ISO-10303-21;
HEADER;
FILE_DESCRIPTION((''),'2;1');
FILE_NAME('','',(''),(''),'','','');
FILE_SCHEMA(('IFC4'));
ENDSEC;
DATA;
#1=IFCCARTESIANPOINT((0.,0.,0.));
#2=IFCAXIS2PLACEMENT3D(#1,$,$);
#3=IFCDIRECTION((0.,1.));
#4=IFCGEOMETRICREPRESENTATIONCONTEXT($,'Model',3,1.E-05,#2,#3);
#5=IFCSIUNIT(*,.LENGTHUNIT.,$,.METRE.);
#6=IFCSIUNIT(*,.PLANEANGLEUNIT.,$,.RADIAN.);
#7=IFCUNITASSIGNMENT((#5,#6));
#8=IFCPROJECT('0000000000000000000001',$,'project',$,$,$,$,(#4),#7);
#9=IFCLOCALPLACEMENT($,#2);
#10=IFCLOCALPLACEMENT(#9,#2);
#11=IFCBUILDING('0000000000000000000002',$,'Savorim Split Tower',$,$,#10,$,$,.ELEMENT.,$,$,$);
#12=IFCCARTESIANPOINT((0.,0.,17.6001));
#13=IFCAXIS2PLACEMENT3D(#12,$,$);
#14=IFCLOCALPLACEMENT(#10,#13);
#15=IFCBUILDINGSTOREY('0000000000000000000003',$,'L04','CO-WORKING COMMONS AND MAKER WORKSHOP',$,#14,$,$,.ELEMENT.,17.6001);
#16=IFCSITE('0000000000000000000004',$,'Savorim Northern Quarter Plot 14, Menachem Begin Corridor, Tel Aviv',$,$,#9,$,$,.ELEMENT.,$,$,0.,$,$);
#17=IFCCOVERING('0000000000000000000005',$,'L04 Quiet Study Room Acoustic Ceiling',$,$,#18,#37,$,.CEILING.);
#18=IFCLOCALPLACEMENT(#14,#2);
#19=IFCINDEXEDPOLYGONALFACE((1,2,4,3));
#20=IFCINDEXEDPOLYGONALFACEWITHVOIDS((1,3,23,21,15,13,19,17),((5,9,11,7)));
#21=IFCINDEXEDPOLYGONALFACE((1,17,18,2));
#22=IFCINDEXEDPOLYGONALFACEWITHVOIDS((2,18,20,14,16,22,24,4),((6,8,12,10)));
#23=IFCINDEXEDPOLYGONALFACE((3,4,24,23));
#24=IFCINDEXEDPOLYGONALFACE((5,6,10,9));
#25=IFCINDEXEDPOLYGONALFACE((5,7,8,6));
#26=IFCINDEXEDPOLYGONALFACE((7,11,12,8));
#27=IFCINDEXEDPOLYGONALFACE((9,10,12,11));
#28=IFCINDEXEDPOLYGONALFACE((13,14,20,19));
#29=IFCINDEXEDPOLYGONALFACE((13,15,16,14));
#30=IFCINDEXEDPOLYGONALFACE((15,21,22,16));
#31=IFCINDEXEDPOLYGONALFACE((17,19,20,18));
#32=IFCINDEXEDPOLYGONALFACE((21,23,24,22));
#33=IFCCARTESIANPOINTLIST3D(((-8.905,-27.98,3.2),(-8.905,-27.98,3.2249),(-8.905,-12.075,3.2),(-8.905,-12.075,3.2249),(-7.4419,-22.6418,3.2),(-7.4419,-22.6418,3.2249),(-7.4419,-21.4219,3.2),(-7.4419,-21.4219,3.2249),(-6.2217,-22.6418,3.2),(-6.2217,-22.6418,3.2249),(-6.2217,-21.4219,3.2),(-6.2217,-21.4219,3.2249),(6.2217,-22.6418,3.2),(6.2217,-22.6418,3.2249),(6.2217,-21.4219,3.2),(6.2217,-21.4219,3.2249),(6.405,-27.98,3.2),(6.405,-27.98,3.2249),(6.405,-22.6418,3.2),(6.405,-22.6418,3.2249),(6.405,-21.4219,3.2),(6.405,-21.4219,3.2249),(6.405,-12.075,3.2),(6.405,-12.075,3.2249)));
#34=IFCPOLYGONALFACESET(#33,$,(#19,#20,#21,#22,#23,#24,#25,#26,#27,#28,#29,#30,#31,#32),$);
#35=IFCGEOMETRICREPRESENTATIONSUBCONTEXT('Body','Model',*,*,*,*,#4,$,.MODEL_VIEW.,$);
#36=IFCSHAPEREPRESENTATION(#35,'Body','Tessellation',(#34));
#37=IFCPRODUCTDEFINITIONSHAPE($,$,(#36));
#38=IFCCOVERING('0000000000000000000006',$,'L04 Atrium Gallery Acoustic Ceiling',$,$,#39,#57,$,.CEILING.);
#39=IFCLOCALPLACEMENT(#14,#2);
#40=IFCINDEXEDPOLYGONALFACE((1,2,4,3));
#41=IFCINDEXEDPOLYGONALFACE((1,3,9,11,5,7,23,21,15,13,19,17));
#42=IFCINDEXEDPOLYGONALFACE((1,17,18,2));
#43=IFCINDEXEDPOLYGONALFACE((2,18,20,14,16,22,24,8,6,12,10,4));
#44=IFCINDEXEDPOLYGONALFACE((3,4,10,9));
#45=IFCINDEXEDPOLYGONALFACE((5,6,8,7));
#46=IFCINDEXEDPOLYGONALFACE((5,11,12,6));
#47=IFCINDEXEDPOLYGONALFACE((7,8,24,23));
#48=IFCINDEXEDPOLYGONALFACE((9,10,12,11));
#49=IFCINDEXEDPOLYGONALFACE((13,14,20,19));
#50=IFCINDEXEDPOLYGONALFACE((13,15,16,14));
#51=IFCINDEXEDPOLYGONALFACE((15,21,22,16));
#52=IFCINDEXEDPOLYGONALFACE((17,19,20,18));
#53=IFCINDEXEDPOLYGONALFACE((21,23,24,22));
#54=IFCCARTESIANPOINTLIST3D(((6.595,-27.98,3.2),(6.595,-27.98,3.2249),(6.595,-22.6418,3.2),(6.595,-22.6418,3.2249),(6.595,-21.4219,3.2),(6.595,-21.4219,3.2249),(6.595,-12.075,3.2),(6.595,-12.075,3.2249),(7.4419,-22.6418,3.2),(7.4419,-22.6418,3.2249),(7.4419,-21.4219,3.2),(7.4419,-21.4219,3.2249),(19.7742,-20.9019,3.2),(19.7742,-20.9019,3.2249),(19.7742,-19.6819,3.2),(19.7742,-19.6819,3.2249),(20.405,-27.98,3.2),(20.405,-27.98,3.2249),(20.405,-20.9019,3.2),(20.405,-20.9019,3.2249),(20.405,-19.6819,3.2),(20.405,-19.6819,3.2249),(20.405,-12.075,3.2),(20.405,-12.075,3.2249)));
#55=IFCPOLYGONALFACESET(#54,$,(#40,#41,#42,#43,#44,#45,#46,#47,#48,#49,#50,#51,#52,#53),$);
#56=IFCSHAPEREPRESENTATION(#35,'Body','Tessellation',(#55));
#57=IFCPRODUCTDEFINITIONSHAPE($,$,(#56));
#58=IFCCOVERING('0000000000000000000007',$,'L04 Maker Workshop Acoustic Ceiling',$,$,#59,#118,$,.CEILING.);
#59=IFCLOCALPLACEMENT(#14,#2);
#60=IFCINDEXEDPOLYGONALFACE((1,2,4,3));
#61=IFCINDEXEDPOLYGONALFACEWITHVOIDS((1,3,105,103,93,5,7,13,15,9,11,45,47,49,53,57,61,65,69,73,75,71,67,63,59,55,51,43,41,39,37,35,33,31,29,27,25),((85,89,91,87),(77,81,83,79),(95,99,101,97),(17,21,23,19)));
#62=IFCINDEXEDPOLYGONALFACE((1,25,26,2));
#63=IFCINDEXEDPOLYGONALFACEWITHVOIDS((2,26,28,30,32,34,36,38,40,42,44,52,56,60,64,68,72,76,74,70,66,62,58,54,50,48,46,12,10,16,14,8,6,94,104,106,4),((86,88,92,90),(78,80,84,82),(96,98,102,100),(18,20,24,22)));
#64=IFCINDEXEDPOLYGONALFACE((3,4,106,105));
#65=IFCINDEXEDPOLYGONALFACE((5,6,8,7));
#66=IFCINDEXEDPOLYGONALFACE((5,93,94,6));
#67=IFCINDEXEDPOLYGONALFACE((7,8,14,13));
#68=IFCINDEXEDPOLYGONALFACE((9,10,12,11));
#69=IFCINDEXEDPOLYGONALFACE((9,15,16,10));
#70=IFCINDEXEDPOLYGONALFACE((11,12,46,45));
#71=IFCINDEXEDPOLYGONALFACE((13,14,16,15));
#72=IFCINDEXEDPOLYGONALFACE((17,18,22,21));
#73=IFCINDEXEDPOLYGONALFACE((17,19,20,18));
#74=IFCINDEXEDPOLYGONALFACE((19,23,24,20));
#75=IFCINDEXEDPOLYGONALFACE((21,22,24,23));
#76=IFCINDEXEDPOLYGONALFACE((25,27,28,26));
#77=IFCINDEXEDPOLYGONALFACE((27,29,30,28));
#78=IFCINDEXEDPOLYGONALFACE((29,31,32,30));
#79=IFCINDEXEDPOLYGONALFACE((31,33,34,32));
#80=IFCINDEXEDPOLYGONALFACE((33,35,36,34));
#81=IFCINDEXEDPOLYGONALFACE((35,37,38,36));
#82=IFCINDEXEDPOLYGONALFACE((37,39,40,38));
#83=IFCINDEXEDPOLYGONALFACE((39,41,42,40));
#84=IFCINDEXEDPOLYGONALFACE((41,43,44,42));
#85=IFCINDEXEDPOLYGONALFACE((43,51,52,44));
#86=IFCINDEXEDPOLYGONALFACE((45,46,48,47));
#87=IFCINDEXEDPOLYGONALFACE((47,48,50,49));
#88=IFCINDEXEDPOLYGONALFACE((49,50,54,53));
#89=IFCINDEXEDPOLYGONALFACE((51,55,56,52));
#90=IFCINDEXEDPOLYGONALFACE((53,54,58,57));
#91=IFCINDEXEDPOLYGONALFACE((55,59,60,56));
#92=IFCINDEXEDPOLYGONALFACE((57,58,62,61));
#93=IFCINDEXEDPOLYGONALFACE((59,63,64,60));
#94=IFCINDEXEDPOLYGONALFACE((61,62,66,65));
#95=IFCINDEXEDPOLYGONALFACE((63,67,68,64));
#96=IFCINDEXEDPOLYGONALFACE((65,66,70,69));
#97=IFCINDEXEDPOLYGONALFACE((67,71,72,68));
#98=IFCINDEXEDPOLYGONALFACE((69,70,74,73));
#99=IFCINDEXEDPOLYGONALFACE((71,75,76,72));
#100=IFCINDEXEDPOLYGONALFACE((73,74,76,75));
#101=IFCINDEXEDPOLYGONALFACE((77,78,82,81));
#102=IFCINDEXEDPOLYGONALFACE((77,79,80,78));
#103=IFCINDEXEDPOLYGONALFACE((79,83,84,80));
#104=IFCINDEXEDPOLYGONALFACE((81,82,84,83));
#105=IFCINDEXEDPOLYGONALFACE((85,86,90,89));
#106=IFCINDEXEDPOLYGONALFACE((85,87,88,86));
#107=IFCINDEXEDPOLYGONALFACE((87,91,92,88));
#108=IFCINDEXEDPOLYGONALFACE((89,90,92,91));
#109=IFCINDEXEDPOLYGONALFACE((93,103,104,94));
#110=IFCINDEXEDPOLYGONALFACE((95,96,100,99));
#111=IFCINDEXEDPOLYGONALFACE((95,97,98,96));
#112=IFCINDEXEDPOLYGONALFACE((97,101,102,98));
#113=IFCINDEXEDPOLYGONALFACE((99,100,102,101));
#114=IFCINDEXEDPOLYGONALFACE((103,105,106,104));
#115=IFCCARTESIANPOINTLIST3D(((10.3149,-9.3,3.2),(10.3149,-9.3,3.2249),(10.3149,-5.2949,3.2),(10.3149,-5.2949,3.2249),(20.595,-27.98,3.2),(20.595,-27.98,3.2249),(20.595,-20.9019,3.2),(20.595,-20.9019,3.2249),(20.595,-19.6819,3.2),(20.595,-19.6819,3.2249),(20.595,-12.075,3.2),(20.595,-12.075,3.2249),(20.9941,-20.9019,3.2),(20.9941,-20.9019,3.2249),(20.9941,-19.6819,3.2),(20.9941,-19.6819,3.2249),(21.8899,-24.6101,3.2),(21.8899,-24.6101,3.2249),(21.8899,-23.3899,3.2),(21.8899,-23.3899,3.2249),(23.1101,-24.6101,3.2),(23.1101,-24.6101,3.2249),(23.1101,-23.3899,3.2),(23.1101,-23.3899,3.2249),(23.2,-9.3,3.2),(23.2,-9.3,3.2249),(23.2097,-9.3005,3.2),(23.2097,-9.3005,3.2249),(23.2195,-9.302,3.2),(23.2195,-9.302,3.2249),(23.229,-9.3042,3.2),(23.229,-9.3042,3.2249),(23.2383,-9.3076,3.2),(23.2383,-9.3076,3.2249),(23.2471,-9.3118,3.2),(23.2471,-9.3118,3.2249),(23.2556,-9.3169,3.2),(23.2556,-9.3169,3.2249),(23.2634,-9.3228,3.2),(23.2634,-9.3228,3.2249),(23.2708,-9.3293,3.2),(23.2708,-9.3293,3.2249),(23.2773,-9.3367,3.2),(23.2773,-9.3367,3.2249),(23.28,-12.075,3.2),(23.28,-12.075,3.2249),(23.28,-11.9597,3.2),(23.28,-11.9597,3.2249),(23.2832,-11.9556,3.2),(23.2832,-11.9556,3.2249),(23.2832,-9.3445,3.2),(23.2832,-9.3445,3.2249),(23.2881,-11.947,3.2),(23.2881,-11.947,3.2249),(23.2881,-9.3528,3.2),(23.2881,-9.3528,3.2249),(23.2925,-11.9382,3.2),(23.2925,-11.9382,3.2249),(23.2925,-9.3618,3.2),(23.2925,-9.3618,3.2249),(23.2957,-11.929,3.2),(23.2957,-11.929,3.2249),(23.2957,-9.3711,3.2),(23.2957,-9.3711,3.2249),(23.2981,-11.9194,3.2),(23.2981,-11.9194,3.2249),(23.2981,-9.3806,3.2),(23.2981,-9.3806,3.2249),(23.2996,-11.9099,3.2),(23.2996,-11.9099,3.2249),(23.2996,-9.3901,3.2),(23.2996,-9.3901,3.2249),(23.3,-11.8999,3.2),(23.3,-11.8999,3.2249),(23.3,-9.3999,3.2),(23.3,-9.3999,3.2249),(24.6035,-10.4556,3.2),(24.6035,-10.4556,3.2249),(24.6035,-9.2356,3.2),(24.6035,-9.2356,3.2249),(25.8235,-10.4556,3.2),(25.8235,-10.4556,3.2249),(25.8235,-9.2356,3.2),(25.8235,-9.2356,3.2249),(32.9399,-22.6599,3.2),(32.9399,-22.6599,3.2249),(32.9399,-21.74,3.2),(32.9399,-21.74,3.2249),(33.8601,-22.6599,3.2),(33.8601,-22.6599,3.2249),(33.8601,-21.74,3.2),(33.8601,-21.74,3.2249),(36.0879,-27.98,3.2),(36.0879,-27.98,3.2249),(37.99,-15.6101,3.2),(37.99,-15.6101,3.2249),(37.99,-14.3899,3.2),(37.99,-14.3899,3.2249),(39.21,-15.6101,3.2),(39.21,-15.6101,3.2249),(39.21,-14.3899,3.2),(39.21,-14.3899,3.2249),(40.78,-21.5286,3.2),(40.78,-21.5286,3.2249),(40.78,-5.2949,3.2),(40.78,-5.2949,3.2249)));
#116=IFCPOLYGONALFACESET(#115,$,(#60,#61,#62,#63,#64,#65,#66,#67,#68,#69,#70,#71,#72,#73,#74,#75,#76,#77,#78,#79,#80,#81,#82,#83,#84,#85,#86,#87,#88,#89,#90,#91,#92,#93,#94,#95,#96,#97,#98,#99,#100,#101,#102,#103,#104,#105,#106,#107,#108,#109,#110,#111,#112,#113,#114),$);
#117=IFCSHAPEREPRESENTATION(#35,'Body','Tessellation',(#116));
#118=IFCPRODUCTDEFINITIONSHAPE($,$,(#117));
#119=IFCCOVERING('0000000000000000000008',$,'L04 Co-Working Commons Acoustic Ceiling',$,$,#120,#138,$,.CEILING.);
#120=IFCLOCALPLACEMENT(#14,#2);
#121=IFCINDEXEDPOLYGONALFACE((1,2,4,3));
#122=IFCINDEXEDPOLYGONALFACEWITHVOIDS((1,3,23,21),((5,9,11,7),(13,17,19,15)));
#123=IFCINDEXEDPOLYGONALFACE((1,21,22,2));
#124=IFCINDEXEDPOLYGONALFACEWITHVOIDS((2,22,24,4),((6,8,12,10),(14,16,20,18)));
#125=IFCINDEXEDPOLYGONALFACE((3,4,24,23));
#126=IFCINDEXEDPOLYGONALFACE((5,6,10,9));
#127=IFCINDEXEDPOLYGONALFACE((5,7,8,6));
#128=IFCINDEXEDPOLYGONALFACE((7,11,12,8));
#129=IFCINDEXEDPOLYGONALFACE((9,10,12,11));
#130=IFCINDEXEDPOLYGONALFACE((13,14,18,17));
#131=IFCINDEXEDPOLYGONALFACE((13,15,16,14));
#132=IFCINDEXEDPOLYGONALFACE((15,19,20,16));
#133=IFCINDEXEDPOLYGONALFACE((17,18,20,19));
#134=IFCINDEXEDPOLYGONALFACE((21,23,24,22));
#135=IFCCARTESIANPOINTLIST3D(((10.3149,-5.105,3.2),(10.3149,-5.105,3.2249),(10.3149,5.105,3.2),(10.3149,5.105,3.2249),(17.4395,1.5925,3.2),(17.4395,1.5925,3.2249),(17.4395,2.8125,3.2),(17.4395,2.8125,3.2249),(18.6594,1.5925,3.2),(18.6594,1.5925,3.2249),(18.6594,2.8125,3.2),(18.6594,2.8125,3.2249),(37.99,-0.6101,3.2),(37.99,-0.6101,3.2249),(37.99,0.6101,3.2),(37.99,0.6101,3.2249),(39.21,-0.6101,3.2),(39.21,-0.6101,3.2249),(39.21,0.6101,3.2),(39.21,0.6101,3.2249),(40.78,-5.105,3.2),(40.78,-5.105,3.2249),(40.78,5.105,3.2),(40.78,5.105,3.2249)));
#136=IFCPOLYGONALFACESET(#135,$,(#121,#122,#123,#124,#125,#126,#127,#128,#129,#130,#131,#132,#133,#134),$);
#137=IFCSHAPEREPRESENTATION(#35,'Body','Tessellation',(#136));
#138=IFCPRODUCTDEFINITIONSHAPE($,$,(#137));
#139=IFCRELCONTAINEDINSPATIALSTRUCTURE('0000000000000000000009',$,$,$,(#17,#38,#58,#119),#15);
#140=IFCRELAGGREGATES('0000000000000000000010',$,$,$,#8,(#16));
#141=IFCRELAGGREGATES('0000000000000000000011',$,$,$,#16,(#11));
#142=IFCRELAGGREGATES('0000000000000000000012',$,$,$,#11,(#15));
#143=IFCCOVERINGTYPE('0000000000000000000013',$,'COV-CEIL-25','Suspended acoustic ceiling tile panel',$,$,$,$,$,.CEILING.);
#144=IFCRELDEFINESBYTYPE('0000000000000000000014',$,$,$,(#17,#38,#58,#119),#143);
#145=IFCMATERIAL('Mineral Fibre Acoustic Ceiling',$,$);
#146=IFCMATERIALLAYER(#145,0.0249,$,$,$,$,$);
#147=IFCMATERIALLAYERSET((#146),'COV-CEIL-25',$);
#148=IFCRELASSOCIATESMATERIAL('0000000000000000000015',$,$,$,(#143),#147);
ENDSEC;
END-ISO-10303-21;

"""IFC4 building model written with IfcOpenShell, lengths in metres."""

from ifc_helpers import new_model, si_unit, direction, frame, origin, place, context, subcontext, project, spatial, polyline, outline, extrude, material, layer, layer_set, type_object, element, save


model = new_model("IFC4")

# Units and contexts
model_context = context("Model", 3, precision=1e-05, world=origin(), true_north=direction((0.0, 1.0)))
body_context = subcontext(model_context, "Body", "Model", "MODEL_VIEW")
ifc_project = project(units=[si_unit("LENGTHUNIT", "METRE"), si_unit("PLANEANGLEUNIT", "RADIAN")], contexts=[model_context])

# Site, building, storey
site_placement = place(None, origin())
site = spatial("IfcSite", under=ifc_project, at=site_placement, Name="Savorim Northern Quarter Plot 14, Menachem Begin Corridor, Tel Aviv", CompositionType="ELEMENT", RefElevation=0.0)
building_placement = place(site_placement, origin())
building = spatial("IfcBuilding", under=site, at=building_placement, Name="Savorim Split Tower", CompositionType="ELEMENT")
storey_placement = place(building_placement, frame((0.0, 0.0, 17.6001)))
storey = spatial("IfcBuildingStorey", under=building, at=storey_placement, Name="L04", Description="CO-WORKING COMMONS AND MAKER WORKSHOP", CompositionType="ELEMENT", Elevation=17.6001)

# Coverings
ifc_material_1 = material(Name="Mineral Fibre Acoustic Ceiling")
ifc_layer_1 = layer(ifc_material_1, 0.0249)
ifc_layer_set_1 = layer_set([ifc_layer_1], Name="COV-CEIL-25")
covering_type_1 = type_object("IfcCoveringType", Name="COV-CEIL-25", Description="Suspended acoustic ceiling tile panel", PredefinedType="CEILING", material=ifc_layer_set_1)
covering_1_placement = place(storey_placement, frame((0.0, 0.0, 3.2)))
element("IfcCovering", 1, at=covering_1_placement, inside=storey, type_object=covering_type_1, Name="L04 Quiet Study Room Acoustic Ceiling", PredefinedType="CEILING", context=body_context, shape_type="SweptSolid", body=[
    extrude(outline(polyline([(6.405, -12.075), (-8.905, -12.075), (-8.905, -27.98), (6.405, -27.98), (6.405, -22.6418), (6.2217, -22.6418), (6.2217, -21.4219), (6.405, -21.4219), (6.405, -12.075)]), holes=[polyline([(-6.2217, -21.4219), (-7.4419, -21.4219), (-7.4419, -22.6418), (-6.2217, -22.6418), (-6.2217, -21.4219)])]), origin(), (0.0, 0.0, 1.0), 0.0249),
])
covering_2_placement = place(storey_placement, frame((0.0, 0.0, 3.2)))
element("IfcCovering", 2, at=covering_2_placement, inside=storey, type_object=covering_type_1, Name="L04 Atrium Gallery Acoustic Ceiling", PredefinedType="CEILING", context=body_context, shape_type="SweptSolid", body=[
    extrude(outline(polyline([(7.4419, -22.6418), (6.595, -22.6418), (6.595, -27.98), (20.405, -27.98), (20.405, -20.9019), (19.7742, -20.9019), (19.7742, -19.6819), (20.405, -19.6819), (20.405, -12.075), (6.595, -12.075), (6.595, -21.4219), (7.4419, -21.4219), (7.4419, -22.6418)])), origin(), (0.0, 0.0, 1.0), 0.0249),
])
covering_3_placement = place(storey_placement, frame((0.0, 0.0, 3.2)))
element("IfcCovering", 3, at=covering_3_placement, inside=storey, type_object=covering_type_1, Name="L04 Maker Workshop Acoustic Ceiling", PredefinedType="CEILING", context=body_context, shape_type="SweptSolid", body=[
    extrude(outline(polyline([(20.595, -27.98), (36.0879, -27.98), (40.78, -21.5286), (40.78, -5.2949), (10.3149, -5.2949), (10.3149, -9.3), (23.2, -9.3), (23.2097, -9.3005), (23.2195, -9.302), (23.229, -9.3042), (23.2383, -9.3076), (23.2471, -9.3118), (23.2556, -9.3169), (23.2634, -9.3228), (23.2708, -9.3293), (23.2773, -9.3367), (23.2832, -9.3445), (23.2881, -9.3528), (23.2925, -9.3618), (23.2957, -9.3711), (23.2981, -9.3806), (23.2996, -9.3901), (23.3, -9.3999), (23.3, -11.8999), (23.2996, -11.9099), (23.2981, -11.9194), (23.2957, -11.929), (23.2925, -11.9382), (23.2881, -11.947), (23.2832, -11.9556), (23.28, -11.9597), (23.28, -12.075), (20.595, -12.075), (20.595, -19.6819), (20.9941, -19.6819), (20.9941, -20.9019), (20.595, -20.9019), (20.595, -27.98)]), holes=[polyline([(37.99, -14.3899), (37.99, -15.6101), (39.21, -15.6101), (39.21, -14.3899), (37.99, -14.3899)]), polyline([(21.8899, -24.6101), (23.1101, -24.6101), (23.1101, -23.3899), (21.8899, -23.3899), (21.8899, -24.6101)]), polyline([(25.8235, -10.4556), (25.8235, -9.2356), (24.6035, -9.2356), (24.6035, -10.4556), (25.8235, -10.4556)]), polyline([(32.9399, -21.74), (32.9399, -22.6599), (33.8601, -22.6599), (33.8601, -21.74), (32.9399, -21.74)])]), origin(), (0.0, 0.0, 1.0), 0.0249),
])
covering_4_placement = place(storey_placement, frame((0.0, 0.0, 3.2)))
element("IfcCovering", 4, at=covering_4_placement, inside=storey, type_object=covering_type_1, Name="L04 Co-Working Commons Acoustic Ceiling", PredefinedType="CEILING", context=body_context, shape_type="SweptSolid", body=[
    extrude(outline(polyline([(10.3149, 5.105), (10.3149, -5.105), (40.78, -5.105), (40.78, 5.105), (10.3149, 5.105)]), holes=[polyline([(37.99, 0.6101), (37.99, -0.6101), (39.21, -0.6101), (39.21, 0.6101), (37.99, 0.6101)]), polyline([(18.6594, 2.8125), (17.4395, 2.8125), (17.4395, 1.5925), (18.6594, 1.5925), (18.6594, 2.8125)])]), origin(), (0.0, 0.0, 1.0), 0.0249),
])

save(model, "model.ifc")
